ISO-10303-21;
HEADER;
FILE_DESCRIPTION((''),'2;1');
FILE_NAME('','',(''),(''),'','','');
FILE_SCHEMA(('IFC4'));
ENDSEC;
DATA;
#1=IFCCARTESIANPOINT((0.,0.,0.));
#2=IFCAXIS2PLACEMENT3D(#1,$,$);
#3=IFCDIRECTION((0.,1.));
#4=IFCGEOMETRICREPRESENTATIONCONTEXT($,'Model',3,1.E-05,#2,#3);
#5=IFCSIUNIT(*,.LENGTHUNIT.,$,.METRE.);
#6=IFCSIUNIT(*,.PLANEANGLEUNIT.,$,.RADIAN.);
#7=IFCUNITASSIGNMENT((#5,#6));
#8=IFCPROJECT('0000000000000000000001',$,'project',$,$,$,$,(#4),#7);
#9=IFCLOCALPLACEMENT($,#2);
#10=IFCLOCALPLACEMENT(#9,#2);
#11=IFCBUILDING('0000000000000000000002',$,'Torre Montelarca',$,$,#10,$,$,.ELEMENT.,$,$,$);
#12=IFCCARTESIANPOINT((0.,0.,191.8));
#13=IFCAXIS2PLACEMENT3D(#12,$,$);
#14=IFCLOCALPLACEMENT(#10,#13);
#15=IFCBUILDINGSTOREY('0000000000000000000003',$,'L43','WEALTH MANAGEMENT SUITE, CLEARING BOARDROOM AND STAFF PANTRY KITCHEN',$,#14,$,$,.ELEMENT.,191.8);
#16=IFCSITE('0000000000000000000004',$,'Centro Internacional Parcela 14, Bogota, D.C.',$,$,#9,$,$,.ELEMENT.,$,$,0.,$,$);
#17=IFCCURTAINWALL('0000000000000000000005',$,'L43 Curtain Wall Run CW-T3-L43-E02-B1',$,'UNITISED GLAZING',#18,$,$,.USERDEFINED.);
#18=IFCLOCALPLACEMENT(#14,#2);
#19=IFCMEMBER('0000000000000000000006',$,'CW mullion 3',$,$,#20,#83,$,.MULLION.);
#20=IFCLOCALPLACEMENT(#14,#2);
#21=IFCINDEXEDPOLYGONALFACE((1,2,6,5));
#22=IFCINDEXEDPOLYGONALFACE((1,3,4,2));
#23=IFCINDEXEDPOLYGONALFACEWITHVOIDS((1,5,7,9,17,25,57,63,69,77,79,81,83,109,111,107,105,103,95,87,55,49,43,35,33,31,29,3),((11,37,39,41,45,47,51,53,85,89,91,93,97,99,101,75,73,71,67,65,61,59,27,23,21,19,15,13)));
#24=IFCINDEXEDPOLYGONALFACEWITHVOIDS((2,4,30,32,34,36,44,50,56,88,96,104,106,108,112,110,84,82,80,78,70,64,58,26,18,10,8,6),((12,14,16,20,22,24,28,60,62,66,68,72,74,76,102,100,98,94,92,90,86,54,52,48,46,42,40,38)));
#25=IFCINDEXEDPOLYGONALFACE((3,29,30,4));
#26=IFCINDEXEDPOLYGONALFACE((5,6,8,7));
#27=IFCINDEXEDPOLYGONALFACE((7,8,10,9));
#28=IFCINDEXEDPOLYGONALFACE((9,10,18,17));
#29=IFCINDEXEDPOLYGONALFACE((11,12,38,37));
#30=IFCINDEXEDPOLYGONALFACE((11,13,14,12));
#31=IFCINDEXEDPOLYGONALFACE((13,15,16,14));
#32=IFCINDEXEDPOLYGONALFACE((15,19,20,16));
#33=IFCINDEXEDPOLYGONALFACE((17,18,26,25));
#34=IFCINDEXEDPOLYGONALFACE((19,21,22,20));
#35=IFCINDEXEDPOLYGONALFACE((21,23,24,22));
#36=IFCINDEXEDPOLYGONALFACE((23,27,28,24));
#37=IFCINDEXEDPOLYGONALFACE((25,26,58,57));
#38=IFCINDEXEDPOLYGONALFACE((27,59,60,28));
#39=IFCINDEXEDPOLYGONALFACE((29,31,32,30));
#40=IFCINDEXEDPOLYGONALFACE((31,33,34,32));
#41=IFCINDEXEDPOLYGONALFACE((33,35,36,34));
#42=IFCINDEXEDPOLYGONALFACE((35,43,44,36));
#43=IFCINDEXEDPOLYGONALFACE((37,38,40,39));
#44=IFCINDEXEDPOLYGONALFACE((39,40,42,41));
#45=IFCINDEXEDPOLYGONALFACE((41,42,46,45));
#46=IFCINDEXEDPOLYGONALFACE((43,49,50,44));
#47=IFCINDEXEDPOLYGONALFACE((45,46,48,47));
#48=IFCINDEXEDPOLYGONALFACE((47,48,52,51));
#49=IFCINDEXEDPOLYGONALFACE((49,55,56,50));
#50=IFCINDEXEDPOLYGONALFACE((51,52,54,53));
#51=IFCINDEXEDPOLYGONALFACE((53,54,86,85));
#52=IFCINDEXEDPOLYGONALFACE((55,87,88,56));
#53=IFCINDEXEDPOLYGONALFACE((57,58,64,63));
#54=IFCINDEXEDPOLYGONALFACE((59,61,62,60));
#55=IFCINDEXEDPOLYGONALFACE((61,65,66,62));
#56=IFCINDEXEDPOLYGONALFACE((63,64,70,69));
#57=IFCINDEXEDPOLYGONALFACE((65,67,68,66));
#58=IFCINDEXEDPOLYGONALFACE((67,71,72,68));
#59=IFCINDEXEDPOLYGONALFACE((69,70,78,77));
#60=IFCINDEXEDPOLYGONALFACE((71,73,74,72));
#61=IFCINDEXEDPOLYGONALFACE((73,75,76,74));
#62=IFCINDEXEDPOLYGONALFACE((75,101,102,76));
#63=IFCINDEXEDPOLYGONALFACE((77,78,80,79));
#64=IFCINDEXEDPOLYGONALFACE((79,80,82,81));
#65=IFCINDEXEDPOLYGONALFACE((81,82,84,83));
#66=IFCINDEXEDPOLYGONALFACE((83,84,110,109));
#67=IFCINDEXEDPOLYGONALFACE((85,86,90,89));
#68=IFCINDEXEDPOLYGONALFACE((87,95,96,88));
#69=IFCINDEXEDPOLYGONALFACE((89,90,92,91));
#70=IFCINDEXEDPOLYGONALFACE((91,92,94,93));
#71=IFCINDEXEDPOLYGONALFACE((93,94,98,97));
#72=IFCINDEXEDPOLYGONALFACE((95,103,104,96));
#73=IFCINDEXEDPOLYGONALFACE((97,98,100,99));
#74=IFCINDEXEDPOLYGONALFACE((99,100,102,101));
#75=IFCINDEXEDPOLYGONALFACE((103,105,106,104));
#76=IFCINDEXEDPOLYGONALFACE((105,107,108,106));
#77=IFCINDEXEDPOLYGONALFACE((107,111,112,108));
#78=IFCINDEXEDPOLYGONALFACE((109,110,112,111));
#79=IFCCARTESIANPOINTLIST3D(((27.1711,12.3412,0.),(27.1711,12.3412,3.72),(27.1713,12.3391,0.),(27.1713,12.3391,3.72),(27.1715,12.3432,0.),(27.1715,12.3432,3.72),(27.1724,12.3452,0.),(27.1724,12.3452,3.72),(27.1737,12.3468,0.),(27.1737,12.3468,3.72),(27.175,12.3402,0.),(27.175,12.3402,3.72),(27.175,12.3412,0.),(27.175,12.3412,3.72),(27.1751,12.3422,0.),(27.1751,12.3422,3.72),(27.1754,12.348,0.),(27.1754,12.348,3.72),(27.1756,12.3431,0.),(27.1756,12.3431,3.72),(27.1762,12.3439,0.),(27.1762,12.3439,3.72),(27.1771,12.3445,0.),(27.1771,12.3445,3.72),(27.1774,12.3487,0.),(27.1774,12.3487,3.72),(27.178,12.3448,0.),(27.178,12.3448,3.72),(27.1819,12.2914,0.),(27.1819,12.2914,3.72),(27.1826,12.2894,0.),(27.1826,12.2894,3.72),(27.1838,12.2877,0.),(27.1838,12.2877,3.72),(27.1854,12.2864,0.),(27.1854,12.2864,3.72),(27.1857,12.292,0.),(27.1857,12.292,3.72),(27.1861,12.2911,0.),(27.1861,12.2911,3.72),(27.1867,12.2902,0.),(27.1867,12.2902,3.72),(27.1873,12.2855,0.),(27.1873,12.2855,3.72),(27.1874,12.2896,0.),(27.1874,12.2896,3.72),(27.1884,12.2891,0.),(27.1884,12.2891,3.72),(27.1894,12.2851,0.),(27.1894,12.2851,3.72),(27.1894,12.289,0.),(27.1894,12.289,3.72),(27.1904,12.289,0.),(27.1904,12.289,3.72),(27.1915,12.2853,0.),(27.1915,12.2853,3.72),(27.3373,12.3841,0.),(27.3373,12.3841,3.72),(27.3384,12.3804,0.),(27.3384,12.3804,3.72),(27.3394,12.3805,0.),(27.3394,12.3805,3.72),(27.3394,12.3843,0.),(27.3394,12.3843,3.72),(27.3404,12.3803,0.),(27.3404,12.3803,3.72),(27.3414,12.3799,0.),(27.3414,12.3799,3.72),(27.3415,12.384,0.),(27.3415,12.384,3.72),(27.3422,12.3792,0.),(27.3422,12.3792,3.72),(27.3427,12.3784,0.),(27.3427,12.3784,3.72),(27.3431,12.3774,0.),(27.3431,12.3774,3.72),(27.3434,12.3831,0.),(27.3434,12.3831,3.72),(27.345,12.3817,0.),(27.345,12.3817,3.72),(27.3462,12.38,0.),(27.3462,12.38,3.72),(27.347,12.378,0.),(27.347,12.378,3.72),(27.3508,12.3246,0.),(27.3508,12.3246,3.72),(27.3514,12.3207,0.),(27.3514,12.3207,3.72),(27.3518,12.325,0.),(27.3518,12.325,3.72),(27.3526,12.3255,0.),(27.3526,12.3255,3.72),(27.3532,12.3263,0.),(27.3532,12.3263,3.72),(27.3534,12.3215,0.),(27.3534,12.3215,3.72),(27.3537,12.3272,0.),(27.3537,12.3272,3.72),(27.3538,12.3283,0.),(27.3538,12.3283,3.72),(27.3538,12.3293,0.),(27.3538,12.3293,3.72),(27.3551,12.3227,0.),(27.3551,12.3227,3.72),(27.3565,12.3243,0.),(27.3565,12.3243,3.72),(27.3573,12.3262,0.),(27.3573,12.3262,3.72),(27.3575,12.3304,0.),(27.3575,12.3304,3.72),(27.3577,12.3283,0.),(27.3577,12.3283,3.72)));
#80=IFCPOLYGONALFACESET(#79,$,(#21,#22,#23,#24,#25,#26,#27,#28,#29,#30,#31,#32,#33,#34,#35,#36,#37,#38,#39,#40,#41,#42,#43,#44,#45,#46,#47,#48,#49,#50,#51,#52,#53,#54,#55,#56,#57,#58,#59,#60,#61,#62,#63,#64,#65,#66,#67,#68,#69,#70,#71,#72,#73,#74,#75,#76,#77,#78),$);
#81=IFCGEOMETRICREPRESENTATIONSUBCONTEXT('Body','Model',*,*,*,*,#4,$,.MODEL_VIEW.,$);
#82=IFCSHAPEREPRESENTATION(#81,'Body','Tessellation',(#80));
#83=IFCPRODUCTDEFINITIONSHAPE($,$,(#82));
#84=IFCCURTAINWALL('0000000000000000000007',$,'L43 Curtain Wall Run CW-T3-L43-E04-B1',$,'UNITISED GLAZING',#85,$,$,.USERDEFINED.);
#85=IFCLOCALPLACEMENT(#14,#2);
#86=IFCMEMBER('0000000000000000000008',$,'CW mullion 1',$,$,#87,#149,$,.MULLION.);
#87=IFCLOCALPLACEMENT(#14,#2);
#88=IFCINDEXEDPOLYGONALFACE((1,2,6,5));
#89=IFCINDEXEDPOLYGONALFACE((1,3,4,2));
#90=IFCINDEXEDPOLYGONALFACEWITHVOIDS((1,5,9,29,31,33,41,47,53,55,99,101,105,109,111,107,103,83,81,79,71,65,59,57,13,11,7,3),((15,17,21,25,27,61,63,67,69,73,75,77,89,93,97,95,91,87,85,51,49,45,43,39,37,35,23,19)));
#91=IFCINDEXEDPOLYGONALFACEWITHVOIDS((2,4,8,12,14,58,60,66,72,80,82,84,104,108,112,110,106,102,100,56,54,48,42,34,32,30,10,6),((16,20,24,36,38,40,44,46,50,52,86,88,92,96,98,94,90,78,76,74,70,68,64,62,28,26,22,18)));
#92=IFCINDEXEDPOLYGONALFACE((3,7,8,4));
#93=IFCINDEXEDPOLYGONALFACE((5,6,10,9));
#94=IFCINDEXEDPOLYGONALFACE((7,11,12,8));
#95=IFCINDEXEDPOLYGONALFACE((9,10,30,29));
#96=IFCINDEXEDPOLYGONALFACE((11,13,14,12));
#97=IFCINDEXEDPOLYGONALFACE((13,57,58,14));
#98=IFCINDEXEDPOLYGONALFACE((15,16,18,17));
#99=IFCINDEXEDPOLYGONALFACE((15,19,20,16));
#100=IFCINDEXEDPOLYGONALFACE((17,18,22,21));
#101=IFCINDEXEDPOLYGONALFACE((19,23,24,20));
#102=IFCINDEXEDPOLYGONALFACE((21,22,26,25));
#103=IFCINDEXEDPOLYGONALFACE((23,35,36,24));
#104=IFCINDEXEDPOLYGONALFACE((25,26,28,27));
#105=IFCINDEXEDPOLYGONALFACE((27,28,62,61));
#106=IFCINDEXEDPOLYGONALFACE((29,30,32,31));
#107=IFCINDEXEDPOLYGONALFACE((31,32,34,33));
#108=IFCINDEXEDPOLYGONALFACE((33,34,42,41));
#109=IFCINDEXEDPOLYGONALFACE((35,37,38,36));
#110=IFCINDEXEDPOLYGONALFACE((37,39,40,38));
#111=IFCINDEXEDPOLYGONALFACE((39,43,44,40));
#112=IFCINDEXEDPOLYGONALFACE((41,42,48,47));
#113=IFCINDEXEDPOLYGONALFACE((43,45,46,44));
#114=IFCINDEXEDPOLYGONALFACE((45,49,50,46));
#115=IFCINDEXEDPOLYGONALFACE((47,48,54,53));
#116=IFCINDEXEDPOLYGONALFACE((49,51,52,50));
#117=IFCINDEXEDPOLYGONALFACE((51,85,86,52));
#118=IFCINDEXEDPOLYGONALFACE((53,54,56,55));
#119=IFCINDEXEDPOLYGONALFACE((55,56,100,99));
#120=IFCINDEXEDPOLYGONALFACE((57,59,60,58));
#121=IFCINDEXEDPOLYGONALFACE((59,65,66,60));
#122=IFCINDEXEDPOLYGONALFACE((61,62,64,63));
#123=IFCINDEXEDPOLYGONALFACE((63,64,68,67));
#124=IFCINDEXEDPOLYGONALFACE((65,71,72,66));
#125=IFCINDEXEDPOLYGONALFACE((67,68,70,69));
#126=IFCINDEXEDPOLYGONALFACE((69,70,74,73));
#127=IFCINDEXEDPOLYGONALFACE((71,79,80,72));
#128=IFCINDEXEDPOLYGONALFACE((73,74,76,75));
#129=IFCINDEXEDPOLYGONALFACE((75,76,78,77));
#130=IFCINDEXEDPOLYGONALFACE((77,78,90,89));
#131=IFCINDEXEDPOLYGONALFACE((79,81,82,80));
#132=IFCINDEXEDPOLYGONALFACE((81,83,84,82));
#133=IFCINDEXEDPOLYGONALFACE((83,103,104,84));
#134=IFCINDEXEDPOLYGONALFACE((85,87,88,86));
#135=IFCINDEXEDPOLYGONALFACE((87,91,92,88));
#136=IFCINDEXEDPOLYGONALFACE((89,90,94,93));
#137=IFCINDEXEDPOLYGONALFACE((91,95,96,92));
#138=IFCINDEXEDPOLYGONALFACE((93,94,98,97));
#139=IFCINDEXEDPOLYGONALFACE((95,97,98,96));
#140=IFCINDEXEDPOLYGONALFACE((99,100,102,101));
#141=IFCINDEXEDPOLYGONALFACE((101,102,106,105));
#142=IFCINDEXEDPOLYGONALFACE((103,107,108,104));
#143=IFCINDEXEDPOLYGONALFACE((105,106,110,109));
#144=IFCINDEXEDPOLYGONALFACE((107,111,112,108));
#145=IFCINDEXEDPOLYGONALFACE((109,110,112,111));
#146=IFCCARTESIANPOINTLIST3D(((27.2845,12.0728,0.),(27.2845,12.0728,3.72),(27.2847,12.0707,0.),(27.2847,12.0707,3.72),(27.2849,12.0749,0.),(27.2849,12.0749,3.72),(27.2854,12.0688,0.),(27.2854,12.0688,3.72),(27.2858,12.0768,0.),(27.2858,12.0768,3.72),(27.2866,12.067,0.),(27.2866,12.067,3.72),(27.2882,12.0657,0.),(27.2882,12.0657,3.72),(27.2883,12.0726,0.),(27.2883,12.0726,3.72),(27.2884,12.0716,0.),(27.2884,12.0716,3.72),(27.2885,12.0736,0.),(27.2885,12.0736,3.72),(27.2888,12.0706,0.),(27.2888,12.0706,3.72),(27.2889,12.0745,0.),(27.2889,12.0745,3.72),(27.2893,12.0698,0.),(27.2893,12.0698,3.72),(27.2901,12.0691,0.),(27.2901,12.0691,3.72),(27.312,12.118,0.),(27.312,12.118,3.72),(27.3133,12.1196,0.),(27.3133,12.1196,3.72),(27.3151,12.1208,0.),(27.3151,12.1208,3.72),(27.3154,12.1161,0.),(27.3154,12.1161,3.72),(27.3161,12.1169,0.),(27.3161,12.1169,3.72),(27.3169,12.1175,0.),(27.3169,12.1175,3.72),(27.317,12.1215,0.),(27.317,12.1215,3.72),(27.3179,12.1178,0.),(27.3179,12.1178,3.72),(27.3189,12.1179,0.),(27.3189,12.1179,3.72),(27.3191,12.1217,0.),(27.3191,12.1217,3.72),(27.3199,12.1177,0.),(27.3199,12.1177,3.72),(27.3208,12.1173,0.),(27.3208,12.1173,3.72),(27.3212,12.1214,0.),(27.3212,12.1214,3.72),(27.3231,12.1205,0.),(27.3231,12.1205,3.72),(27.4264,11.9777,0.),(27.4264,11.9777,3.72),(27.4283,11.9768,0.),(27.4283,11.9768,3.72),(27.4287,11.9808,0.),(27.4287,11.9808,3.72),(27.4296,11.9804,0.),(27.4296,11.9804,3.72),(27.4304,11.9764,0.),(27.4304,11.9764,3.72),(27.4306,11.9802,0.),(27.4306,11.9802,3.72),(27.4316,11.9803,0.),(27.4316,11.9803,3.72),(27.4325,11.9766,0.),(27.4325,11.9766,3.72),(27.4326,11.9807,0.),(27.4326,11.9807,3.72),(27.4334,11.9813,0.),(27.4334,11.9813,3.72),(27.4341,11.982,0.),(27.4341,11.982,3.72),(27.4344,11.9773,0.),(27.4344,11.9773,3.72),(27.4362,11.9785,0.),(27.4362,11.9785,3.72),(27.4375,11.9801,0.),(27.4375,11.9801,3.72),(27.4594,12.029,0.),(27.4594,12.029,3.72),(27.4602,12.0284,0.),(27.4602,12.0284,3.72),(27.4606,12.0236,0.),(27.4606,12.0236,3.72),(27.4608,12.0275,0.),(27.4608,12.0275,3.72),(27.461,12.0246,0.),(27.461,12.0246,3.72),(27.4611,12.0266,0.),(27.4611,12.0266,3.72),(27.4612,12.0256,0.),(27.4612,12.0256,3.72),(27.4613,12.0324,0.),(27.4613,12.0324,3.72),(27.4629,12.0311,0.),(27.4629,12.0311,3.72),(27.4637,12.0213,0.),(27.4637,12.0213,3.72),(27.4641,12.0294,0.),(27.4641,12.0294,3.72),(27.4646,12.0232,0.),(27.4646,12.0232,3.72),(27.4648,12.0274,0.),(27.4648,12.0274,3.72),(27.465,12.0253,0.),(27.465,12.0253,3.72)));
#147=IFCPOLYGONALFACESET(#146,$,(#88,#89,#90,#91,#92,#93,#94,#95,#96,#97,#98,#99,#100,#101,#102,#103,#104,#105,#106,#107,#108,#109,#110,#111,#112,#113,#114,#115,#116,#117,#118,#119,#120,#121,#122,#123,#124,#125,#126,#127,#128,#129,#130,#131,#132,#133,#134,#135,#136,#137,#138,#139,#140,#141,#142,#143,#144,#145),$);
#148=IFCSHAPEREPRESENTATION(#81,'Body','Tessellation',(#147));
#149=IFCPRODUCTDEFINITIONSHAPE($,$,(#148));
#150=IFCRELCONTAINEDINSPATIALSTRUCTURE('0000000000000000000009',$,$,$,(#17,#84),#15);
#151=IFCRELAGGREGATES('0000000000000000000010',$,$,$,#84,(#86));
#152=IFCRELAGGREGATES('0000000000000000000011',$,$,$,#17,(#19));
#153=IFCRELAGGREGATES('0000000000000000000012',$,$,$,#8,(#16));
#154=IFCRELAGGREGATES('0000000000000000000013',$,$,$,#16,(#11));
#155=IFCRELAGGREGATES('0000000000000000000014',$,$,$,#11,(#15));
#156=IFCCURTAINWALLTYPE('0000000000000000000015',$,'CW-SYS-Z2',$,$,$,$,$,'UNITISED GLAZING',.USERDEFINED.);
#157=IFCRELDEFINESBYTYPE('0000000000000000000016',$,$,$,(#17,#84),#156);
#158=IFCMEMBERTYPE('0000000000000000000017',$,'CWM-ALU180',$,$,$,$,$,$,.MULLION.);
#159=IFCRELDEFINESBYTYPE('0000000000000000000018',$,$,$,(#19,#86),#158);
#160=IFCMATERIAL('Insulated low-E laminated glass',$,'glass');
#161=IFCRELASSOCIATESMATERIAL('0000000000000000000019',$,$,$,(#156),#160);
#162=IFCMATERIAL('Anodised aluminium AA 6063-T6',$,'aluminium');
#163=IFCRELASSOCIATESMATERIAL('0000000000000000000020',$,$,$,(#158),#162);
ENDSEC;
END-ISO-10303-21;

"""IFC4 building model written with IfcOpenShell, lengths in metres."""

from ifc_helpers import new_model, si_unit, direction, frame, origin, origin_2d, place, context, subcontext, project, spatial, hollow_rectangle, extrude, source, transform, mapped, material, material_profile, profile_set, type_object, element, aggregate, save


model = new_model("IFC4")

# Units and contexts
model_context = context("Model", 3, precision=1e-05, world=origin(), true_north=direction((0.0, 1.0)))
body_context = subcontext(model_context, "Body", "Model", "MODEL_VIEW")
ifc_project = project(units=[si_unit("LENGTHUNIT", "METRE"), si_unit("PLANEANGLEUNIT", "RADIAN")], contexts=[model_context])

# Site, building, storey
site_placement = place(None, origin())
site = spatial("IfcSite", under=ifc_project, at=site_placement, Name="Centro Internacional Parcela 14, Bogota, D.C.", CompositionType="ELEMENT", RefElevation=0.0)
building_placement = place(site_placement, origin())
building = spatial("IfcBuilding", under=site, at=building_placement, Name="Torre Montelarca", CompositionType="ELEMENT")
storey_placement = place(building_placement, frame((0.0, 0.0, 191.8)))
storey = spatial("IfcBuildingStorey", under=building, at=storey_placement, Name="L43", Description="WEALTH MANAGEMENT SUITE, CLEARING BOARDROOM AND STAFF PANTRY KITCHEN", CompositionType="ELEMENT", Elevation=191.8)

# Curtain walls, members
ifc_material_1 = material(Name="Insulated low-E laminated glass", Category="glass")
curtain_wall_type = type_object("IfcCurtainWallType", Name="CW-SYS-Z2", ElementType="UNITISED GLAZING", PredefinedType="USERDEFINED", material=ifc_material_1)
curtain_wall_1_placement = place(storey_placement, origin())
curtain_wall_1 = element("IfcCurtainWall", 1, at=curtain_wall_1_placement, inside=storey, type_object=curtain_wall_type, Name="L43 Curtain Wall Run CW-T3-L43-E02-B1", ObjectType="UNITISED GLAZING", PredefinedType="USERDEFINED")
ifc_material_2 = material(Name="Anodised aluminium AA 6063-T6", Category="aluminium")
ifc_material_profile_1 = material_profile(ifc_material_2, hollow_rectangle(XDim=0.0649, YDim=0.1799, WallThickness=0.0039, InnerFilletRadius=0.0039, OuterFilletRadius=0.0081, at=origin_2d()), Name="ALU65X180X4", Category="aluminium")
ifc_profile_set_1 = profile_set([ifc_material_profile_1], Name="Anodised aluminium AA 6063-T6")
member_type_1 = type_object("IfcMemberType", Name="CWM-ALU180", PredefinedType="MULLION", material=ifc_profile_set_1)
shared_shape_1 = source(origin(), body_context, "Body", "SweptSolid", [
    extrude(hollow_rectangle(XDim=0.0649, YDim=0.1799, WallThickness=0.0039, InnerFilletRadius=0.0039, OuterFilletRadius=0.0081, at=origin_2d()), origin(), (0.0, 0.0, 1.0), 3.72),
])
member_1_placement = place(storey_placement, frame((27.2644, 12.3347, 0.0), z_axis=(0.0, 0.0, 1.0), x_axis=(-0.216434, 0.976297, 0.0)))
member_1 = element("IfcMember", 2, at=member_1_placement, type_object=member_type_1, Name="CW mullion 3", PredefinedType="MULLION", context=body_context, shape_type="MappedRepresentation", body=[
    mapped(shared_shape_1, transform((0.0, 0.0, 0.0), scale=1.0)),
])
curtain_wall_2_placement = place(storey_placement, origin())
curtain_wall_2 = element("IfcCurtainWall", 3, at=curtain_wall_2_placement, inside=storey, type_object=curtain_wall_type, Name="L43 Curtain Wall Run CW-T3-L43-E04-B1", ObjectType="UNITISED GLAZING", PredefinedType="USERDEFINED")
member_2_placement = place(storey_placement, frame((27.3748, 12.0491, 0.0), z_axis=(0.0, 0.0, 1.0), x_axis=(0.53731, 0.843385, 0.0)))
member_2 = element("IfcMember", 4, at=member_2_placement, type_object=member_type_1, Name="CW mullion 1", PredefinedType="MULLION", context=body_context, shape_type="MappedRepresentation", body=[
    mapped(shared_shape_1, transform((0.0, 0.0, 0.0), scale=1.0)),
])
aggregate(curtain_wall_2, [member_2])

aggregate(curtain_wall_1, [member_1])

save(model, "model.ifc")
